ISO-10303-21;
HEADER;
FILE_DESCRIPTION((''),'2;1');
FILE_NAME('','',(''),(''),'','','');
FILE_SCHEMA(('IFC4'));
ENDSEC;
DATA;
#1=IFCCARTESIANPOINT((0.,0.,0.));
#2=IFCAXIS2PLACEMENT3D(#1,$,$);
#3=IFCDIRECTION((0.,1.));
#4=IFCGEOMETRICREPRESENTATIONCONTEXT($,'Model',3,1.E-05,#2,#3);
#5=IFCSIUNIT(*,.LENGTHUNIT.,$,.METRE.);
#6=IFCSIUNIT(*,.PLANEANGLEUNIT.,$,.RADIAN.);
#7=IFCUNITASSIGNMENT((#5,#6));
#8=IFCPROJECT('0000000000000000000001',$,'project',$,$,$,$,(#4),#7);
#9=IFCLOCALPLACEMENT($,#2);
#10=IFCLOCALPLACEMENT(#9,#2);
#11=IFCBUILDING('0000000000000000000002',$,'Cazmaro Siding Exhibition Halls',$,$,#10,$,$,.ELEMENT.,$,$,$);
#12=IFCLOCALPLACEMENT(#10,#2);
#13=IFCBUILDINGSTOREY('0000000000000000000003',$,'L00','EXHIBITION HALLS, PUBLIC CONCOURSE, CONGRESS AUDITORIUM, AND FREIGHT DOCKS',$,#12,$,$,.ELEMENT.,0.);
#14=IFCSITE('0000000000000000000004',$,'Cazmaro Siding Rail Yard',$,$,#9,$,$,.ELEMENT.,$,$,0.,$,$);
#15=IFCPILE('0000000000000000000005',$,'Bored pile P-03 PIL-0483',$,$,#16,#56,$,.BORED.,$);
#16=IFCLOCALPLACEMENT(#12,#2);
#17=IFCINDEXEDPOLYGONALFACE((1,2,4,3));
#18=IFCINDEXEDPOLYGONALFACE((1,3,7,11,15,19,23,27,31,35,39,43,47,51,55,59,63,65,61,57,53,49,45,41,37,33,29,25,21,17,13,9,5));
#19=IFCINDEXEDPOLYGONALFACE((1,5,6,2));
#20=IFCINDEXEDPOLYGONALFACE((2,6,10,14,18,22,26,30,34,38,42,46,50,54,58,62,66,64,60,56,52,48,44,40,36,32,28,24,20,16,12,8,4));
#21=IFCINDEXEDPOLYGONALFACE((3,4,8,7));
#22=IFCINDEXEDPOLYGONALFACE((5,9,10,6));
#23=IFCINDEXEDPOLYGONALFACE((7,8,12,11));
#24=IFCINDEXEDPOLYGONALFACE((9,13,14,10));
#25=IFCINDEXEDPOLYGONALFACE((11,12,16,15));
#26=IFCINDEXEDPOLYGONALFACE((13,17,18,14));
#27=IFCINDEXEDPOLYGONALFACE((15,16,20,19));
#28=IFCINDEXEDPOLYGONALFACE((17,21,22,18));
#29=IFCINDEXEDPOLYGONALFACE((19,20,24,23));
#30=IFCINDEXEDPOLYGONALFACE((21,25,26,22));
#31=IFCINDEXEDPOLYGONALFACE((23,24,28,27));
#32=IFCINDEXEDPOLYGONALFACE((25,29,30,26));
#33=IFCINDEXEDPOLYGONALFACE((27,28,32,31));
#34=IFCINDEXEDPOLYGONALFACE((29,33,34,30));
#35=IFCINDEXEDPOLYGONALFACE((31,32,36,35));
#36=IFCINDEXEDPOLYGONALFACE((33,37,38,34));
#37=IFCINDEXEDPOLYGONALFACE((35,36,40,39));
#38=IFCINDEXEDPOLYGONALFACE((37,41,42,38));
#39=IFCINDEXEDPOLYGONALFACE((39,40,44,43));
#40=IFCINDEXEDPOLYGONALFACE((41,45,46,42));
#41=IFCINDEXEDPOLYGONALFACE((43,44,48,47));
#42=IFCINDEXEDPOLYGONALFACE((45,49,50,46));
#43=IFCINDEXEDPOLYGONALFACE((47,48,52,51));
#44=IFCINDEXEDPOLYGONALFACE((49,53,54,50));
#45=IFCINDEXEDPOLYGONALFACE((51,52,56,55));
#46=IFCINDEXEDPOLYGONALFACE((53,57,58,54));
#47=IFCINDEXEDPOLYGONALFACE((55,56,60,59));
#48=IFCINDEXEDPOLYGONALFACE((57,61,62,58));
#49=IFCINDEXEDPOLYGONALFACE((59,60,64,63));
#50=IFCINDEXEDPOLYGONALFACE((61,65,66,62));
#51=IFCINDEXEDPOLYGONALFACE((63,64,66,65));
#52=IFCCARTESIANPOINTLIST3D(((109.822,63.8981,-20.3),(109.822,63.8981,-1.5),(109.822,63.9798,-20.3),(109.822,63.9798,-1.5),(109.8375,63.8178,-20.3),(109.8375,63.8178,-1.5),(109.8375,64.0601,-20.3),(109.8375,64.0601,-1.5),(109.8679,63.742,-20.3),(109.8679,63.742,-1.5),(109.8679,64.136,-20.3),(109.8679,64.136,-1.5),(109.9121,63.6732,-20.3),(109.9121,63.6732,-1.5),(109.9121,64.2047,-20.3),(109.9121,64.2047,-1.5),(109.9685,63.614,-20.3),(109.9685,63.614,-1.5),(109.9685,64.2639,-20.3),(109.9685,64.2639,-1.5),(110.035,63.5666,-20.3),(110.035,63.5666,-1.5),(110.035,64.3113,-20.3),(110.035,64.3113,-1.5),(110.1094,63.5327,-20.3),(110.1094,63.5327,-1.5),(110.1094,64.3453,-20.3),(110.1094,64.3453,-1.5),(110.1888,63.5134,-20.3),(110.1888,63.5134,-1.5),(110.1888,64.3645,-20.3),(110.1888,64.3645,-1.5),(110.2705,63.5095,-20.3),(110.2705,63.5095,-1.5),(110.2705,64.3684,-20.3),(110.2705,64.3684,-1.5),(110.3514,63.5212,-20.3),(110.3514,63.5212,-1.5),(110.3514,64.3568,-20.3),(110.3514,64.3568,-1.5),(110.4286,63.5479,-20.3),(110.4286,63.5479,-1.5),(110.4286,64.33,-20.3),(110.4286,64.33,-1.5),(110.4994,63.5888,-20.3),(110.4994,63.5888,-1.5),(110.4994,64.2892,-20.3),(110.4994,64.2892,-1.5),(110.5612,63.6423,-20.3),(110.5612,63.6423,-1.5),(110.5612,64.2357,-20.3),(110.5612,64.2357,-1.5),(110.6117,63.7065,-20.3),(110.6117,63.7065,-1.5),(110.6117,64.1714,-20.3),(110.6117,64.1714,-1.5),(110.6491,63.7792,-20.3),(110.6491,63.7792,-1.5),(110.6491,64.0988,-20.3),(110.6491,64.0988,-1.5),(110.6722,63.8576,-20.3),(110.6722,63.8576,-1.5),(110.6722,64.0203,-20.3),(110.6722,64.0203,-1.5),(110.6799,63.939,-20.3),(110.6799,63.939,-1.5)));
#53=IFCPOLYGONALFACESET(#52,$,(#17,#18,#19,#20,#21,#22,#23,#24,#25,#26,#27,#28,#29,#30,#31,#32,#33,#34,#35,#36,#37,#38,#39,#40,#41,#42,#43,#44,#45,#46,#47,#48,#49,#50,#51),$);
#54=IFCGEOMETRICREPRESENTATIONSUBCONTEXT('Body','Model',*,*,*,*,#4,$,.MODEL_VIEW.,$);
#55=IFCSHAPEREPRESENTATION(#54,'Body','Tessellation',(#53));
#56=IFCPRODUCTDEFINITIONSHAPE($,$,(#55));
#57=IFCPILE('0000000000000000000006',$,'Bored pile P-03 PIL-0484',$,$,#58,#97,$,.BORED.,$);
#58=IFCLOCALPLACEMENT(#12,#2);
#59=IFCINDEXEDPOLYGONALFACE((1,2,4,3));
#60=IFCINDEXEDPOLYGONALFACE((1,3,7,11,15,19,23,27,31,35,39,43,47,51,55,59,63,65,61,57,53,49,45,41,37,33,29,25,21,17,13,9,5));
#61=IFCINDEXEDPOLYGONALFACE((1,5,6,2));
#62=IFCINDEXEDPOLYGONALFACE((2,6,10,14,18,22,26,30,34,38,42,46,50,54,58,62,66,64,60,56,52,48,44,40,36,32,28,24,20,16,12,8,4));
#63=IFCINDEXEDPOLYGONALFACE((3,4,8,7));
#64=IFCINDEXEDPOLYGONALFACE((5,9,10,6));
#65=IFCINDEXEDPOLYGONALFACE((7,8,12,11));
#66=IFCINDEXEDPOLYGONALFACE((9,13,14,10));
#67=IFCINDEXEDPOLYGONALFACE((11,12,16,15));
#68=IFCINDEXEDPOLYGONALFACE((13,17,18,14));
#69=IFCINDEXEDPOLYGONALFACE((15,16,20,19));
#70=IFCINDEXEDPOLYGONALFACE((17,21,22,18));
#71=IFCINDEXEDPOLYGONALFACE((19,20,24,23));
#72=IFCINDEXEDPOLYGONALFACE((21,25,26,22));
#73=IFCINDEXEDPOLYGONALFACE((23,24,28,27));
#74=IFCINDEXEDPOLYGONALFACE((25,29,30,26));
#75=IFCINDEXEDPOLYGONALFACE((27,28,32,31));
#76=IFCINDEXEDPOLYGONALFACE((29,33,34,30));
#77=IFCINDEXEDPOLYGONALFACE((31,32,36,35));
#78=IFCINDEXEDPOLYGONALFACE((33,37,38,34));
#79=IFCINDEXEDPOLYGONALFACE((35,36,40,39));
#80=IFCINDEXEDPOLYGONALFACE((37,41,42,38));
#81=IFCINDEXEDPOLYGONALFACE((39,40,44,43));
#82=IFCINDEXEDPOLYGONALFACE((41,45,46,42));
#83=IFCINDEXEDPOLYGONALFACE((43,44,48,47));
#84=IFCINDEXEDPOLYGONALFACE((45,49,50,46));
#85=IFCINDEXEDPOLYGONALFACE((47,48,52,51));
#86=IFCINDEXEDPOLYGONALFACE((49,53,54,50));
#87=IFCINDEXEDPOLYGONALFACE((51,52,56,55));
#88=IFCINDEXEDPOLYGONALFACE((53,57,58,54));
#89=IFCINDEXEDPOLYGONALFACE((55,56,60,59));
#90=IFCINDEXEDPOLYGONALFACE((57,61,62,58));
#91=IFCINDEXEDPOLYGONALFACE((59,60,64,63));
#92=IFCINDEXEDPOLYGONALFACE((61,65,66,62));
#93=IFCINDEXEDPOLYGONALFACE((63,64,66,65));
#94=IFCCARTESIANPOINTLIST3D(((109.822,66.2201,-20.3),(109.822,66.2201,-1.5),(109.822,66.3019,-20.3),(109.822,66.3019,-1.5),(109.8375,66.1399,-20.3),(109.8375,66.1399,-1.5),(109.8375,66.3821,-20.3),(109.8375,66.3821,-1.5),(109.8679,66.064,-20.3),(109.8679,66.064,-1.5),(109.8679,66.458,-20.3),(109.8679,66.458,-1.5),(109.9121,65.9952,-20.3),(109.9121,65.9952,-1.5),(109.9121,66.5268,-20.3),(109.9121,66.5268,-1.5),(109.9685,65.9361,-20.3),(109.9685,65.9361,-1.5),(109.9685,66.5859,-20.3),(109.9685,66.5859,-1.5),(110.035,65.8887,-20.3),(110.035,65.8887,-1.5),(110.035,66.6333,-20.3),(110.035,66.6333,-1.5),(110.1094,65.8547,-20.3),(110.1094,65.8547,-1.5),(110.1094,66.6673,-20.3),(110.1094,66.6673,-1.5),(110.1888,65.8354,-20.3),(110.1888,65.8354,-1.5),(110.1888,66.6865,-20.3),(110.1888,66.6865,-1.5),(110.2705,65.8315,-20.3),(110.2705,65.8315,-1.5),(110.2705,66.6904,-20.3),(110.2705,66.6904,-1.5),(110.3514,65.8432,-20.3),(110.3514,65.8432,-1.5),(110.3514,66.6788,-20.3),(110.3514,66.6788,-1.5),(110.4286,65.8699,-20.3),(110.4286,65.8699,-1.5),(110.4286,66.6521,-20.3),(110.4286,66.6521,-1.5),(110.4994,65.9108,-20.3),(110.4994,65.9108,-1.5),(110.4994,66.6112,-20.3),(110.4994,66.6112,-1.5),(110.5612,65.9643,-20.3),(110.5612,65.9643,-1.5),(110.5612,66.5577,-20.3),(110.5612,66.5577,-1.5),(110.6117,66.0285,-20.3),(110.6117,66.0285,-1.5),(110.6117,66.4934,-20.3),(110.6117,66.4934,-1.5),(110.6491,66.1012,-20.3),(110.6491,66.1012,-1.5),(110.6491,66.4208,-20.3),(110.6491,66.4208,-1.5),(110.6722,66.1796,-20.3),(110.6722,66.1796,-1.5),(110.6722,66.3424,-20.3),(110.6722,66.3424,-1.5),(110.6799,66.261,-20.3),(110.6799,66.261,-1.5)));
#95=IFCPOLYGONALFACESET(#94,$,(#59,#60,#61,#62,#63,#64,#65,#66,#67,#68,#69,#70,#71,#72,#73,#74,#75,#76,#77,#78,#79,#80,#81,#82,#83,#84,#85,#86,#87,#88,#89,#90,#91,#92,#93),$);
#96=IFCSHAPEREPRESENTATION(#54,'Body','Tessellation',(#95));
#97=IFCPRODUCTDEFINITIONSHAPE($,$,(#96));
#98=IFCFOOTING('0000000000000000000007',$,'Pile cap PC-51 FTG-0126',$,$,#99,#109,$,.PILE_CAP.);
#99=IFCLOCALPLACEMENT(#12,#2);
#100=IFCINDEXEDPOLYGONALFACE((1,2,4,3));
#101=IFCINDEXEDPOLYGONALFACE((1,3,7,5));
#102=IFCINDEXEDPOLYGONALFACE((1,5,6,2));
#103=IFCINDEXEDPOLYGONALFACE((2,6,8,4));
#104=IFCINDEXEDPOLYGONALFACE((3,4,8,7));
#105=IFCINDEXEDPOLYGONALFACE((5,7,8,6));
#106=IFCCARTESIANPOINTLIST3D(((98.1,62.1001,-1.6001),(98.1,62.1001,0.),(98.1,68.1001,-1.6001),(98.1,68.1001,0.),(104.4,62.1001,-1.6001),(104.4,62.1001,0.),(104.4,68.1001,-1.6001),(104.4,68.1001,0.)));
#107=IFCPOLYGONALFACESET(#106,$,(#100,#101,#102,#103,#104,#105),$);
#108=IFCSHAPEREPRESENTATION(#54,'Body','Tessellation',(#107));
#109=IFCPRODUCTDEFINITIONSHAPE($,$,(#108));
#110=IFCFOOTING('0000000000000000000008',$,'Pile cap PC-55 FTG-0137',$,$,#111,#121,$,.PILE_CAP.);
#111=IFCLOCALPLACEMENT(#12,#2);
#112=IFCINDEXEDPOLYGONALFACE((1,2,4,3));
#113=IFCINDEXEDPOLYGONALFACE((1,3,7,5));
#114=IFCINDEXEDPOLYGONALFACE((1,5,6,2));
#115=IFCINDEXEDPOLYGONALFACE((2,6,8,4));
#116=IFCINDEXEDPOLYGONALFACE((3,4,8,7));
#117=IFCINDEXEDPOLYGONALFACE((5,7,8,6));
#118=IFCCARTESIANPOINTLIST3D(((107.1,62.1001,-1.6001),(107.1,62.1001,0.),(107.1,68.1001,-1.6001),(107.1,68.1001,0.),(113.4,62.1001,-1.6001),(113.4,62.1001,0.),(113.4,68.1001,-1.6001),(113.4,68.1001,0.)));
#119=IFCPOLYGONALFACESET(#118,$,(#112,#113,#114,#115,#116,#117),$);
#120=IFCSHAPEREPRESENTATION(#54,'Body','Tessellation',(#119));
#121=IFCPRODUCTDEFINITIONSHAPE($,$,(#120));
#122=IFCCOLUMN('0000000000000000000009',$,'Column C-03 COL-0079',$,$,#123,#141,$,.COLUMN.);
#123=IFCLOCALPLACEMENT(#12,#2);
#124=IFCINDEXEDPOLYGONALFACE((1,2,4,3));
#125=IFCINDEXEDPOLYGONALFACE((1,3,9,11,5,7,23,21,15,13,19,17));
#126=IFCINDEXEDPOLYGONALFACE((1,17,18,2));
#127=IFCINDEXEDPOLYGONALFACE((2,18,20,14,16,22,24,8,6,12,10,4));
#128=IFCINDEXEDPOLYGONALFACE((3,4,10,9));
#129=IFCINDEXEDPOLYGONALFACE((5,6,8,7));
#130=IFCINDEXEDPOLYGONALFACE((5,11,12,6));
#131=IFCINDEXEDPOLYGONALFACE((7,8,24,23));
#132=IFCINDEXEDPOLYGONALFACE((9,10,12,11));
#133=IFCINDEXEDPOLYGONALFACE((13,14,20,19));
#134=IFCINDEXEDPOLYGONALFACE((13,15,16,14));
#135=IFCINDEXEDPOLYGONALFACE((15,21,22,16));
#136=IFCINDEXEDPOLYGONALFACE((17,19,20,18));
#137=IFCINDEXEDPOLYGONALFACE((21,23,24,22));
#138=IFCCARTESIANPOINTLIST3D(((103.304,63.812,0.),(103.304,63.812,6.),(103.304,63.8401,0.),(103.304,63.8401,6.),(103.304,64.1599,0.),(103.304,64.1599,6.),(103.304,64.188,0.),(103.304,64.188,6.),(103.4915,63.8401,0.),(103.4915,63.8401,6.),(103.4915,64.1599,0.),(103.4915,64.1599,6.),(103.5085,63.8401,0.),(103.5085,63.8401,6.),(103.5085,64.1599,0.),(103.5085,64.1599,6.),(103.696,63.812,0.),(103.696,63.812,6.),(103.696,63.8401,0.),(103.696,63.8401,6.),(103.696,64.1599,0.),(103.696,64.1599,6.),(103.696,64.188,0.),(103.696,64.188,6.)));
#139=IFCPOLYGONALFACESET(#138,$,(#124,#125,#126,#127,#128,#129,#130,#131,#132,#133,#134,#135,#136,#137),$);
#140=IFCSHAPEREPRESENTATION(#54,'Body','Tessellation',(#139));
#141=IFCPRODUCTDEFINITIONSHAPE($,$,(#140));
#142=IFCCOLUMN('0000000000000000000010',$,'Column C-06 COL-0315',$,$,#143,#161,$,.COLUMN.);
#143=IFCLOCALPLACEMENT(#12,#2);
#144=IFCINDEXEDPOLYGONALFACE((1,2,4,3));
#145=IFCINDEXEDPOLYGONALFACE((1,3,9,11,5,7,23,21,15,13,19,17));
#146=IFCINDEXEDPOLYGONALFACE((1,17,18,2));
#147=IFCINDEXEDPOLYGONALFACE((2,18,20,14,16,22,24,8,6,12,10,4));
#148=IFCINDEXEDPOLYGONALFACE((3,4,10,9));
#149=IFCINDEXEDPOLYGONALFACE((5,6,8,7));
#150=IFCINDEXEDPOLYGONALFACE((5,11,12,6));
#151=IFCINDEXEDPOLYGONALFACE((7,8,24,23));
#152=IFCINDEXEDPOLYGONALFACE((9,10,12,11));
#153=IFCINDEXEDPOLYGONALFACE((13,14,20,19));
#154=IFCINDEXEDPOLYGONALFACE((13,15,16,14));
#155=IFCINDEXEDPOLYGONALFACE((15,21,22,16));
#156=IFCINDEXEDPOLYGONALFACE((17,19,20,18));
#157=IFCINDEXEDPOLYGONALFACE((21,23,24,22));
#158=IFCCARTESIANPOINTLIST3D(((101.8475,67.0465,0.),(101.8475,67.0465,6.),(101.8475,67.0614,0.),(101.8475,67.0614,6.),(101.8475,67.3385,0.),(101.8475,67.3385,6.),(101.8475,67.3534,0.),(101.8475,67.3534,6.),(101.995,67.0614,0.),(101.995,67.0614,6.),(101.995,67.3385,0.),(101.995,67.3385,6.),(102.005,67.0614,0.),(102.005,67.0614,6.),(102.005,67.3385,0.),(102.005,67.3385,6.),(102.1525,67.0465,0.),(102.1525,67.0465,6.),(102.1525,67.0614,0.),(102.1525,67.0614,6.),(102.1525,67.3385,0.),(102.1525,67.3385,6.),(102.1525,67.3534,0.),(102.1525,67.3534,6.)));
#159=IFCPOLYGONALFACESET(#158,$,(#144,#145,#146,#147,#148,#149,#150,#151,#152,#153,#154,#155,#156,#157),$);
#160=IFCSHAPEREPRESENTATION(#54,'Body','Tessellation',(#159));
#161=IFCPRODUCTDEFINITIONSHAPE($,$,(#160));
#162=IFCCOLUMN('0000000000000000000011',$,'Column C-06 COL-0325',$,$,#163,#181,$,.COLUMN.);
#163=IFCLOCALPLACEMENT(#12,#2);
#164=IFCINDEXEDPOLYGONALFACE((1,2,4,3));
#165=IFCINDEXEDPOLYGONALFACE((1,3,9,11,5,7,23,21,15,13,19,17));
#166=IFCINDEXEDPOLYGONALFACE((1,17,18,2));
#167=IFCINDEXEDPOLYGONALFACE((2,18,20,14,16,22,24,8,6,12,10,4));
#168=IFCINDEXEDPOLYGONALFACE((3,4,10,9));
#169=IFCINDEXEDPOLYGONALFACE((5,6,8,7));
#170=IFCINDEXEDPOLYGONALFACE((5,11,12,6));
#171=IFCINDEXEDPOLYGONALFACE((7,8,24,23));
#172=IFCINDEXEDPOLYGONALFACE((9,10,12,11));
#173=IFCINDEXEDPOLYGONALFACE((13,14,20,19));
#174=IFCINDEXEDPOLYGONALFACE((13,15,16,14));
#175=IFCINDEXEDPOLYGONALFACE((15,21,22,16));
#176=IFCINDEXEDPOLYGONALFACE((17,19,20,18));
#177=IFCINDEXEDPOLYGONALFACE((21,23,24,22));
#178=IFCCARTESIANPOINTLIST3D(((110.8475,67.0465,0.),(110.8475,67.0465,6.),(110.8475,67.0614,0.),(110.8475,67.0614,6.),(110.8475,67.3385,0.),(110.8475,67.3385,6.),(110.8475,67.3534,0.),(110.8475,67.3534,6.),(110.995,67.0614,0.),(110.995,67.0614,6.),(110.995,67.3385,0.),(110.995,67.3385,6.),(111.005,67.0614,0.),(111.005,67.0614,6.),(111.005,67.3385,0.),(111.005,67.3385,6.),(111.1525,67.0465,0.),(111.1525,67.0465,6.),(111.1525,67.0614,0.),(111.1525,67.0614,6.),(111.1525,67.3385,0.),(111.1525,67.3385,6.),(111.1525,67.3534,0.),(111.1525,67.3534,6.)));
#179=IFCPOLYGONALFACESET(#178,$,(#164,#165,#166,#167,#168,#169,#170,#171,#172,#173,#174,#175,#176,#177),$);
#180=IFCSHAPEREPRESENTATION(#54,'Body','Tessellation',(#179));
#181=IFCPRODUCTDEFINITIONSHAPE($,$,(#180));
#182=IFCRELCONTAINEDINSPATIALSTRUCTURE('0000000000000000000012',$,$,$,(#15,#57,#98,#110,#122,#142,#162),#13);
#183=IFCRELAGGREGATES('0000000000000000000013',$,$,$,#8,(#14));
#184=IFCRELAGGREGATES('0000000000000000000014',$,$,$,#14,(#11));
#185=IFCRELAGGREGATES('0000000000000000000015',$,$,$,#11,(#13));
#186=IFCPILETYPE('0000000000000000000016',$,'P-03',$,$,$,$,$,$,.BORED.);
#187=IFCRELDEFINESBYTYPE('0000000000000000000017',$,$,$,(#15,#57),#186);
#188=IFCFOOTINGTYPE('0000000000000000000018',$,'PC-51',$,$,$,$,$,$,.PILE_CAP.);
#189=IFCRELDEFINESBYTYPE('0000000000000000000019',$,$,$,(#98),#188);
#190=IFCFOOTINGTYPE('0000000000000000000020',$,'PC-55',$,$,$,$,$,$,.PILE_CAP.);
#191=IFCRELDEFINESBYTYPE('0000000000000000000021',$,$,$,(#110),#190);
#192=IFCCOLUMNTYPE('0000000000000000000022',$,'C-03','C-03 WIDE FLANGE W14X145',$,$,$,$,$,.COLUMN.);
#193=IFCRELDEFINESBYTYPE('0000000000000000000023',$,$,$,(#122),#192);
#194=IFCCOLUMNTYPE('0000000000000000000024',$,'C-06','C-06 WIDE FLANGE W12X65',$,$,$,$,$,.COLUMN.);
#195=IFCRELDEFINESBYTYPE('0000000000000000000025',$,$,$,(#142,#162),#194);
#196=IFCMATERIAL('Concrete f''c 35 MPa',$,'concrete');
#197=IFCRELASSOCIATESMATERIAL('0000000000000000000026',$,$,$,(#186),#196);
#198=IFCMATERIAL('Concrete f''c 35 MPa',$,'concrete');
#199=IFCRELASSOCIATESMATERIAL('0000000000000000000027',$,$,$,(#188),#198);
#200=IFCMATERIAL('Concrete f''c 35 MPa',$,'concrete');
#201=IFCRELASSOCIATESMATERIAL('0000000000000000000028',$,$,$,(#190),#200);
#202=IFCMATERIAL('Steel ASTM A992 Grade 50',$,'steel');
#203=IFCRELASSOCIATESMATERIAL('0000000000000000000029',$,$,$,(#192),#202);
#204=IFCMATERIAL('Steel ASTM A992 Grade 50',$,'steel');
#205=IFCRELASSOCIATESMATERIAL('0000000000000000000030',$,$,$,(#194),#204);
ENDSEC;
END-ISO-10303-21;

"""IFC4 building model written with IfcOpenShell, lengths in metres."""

from ifc_helpers import new_model, si_unit, direction, frame, origin, origin_2d, place, context, subcontext, project, spatial, rectangle, circle, i_section, extrude, material, material_profile, profile_set, type_object, element, save


model = new_model("IFC4")

# Units and contexts
model_context = context("Model", 3, precision=1e-05, world=origin(), true_north=direction((0.0, 1.0)))
body_context = subcontext(model_context, "Body", "Model", "MODEL_VIEW")
ifc_project = project(units=[si_unit("LENGTHUNIT", "METRE"), si_unit("PLANEANGLEUNIT", "RADIAN")], contexts=[model_context])

# Site, building, storey
site_placement = place(None, origin())
site = spatial("IfcSite", under=ifc_project, at=site_placement, Name="Cazmaro Siding Rail Yard", CompositionType="ELEMENT", RefElevation=0.0)
building_placement = place(site_placement, origin())
building = spatial("IfcBuilding", under=site, at=building_placement, Name="Cazmaro Siding Exhibition Halls", CompositionType="ELEMENT")
storey_placement = place(building_placement, origin())
storey = spatial("IfcBuildingStorey", under=building, at=storey_placement, Name="L00", Description="EXHIBITION HALLS, PUBLIC CONCOURSE, CONGRESS AUDITORIUM, AND FREIGHT DOCKS", CompositionType="ELEMENT", Elevation=0.0)

# Piles
ifc_material_1 = material(Name="Concrete f'c 35 MPa", Category="concrete")
ifc_material_profile_1 = material_profile(ifc_material_1, circle(Radius=0.4299, at=origin_2d()), Name="CIDH-860")
ifc_profile_set_1 = profile_set([ifc_material_profile_1], Name="Concrete f'c 35 MPa")
pile_type = type_object("IfcPileType", Name="P-03", PredefinedType="BORED", material=ifc_profile_set_1)
for number, where, z_axis, x_axis, name in (
    (1, (110.25, 63.939, -1.5), (0.0, 0.0, -1.0), (1.0, 0.0, 0.0), "Bored pile P-03 PIL-0483"),
    (2, (110.25, 66.261, -1.5), (0.0, 0.0, -1.0), (1.0, 0.0, 0.0), "Bored pile P-03 PIL-0484"),
):
    element("IfcPile", number, at=place(storey_placement, frame(where, z_axis=z_axis, x_axis=x_axis)), inside=storey, type_object=pile_type, Name=name, PredefinedType="BORED", context=body_context, shape_type="SweptSolid", body=[
        extrude(circle(Radius=0.4299, at=origin_2d()), origin(), (0.0, 0.0, 1.0), 18.8),
    ])

# Footings
ifc_material_2 = material(Name="Concrete f'c 35 MPa", Category="concrete")
footing_type_1 = type_object("IfcFootingType", Name="PC-51", PredefinedType="PILE_CAP", material=ifc_material_2)
footing_1_placement = place(storey_placement, frame((101.25, 65.1001, -1.6001), z_axis=(0.0, 0.0, 1.0), x_axis=(1.0, 0.0, 0.0)))
element("IfcFooting", 3, at=footing_1_placement, inside=storey, type_object=footing_type_1, Name="Pile cap PC-51 FTG-0126", PredefinedType="PILE_CAP", context=body_context, shape_type="SweptSolid", body=[
    extrude(rectangle(XDim=6.3, YDim=6.0, at=origin_2d()), origin(), (0.0, 0.0, 1.0), 1.6001),
])
ifc_material_3 = material(Name="Concrete f'c 35 MPa", Category="concrete")
footing_type_2 = type_object("IfcFootingType", Name="PC-55", PredefinedType="PILE_CAP", material=ifc_material_3)
footing_2_placement = place(storey_placement, frame((110.25, 65.1001, -1.6001), z_axis=(0.0, 0.0, 1.0), x_axis=(1.0, 0.0, 0.0)))
element("IfcFooting", 4, at=footing_2_placement, inside=storey, type_object=footing_type_2, Name="Pile cap PC-55 FTG-0137", PredefinedType="PILE_CAP", context=body_context, shape_type="SweptSolid", body=[
    extrude(rectangle(XDim=6.3, YDim=6.0, at=origin_2d()), origin(), (0.0, 0.0, 1.0), 1.6001),
])

# Columns
ifc_material_4 = material(Name="Steel ASTM A992 Grade 50", Category="steel")
ifc_material_profile_2 = material_profile(ifc_material_4, i_section(OverallWidth=0.3921, OverallDepth=0.376, WebThickness=0.0171, FlangeThickness=0.0281, at=origin_2d()), Name="W14X145")
ifc_profile_set_2 = profile_set([ifc_material_profile_2], Name="Steel ASTM A992 Grade 50")
column_type_1 = type_object("IfcColumnType", Name="C-03", Description="C-03 WIDE FLANGE W14X145", PredefinedType="COLUMN", material=ifc_profile_set_2)
column_1_placement = place(storey_placement, frame((103.5, 64.0, 0.0), z_axis=(0.0, 0.0, 1.0), x_axis=(1.0, 0.0, 0.0)))
element("IfcColumn", 5, at=column_1_placement, inside=storey, type_object=column_type_1, Name="Column C-03 COL-0079", PredefinedType="COLUMN", context=body_context, shape_type="SweptSolid", body=[
    extrude(i_section(OverallWidth=0.3921, OverallDepth=0.376, WebThickness=0.0171, FlangeThickness=0.0281, at=origin_2d()), origin(), (0.0, 0.0, 1.0), 6.0),
])
ifc_material_5 = material(Name="Steel ASTM A992 Grade 50", Category="steel")
ifc_material_profile_3 = material_profile(ifc_material_5, i_section(OverallWidth=0.3049, OverallDepth=0.3069, WebThickness=0.01, FlangeThickness=0.0149, at=origin_2d()), Name="W12X65")
ifc_profile_set_3 = profile_set([ifc_material_profile_3], Name="Steel ASTM A992 Grade 50")
column_type_2 = type_object("IfcColumnType", Name="C-06", Description="C-06 WIDE FLANGE W12X65", PredefinedType="COLUMN", material=ifc_profile_set_3)
for number, where, z_axis, x_axis, name in (
    (6, (102.0, 67.2, 0.0), (0.0, 0.0, 1.0), (1.0, 0.0, 0.0), "Column C-06 COL-0315"),
    (7, (111.0, 67.2, 0.0), (0.0, 0.0, 1.0), (1.0, 0.0, 0.0), "Column C-06 COL-0325"),
):
    element("IfcColumn", number, at=place(storey_placement, frame(where, z_axis=z_axis, x_axis=x_axis)), inside=storey, type_object=column_type_2, Name=name, PredefinedType="COLUMN", context=body_context, shape_type="SweptSolid", body=[
        extrude(i_section(OverallWidth=0.3049, OverallDepth=0.3069, WebThickness=0.01, FlangeThickness=0.0149, at=origin_2d()), origin(), (0.0, 0.0, 1.0), 6.0),
    ])

save(model, "model.ifc")
